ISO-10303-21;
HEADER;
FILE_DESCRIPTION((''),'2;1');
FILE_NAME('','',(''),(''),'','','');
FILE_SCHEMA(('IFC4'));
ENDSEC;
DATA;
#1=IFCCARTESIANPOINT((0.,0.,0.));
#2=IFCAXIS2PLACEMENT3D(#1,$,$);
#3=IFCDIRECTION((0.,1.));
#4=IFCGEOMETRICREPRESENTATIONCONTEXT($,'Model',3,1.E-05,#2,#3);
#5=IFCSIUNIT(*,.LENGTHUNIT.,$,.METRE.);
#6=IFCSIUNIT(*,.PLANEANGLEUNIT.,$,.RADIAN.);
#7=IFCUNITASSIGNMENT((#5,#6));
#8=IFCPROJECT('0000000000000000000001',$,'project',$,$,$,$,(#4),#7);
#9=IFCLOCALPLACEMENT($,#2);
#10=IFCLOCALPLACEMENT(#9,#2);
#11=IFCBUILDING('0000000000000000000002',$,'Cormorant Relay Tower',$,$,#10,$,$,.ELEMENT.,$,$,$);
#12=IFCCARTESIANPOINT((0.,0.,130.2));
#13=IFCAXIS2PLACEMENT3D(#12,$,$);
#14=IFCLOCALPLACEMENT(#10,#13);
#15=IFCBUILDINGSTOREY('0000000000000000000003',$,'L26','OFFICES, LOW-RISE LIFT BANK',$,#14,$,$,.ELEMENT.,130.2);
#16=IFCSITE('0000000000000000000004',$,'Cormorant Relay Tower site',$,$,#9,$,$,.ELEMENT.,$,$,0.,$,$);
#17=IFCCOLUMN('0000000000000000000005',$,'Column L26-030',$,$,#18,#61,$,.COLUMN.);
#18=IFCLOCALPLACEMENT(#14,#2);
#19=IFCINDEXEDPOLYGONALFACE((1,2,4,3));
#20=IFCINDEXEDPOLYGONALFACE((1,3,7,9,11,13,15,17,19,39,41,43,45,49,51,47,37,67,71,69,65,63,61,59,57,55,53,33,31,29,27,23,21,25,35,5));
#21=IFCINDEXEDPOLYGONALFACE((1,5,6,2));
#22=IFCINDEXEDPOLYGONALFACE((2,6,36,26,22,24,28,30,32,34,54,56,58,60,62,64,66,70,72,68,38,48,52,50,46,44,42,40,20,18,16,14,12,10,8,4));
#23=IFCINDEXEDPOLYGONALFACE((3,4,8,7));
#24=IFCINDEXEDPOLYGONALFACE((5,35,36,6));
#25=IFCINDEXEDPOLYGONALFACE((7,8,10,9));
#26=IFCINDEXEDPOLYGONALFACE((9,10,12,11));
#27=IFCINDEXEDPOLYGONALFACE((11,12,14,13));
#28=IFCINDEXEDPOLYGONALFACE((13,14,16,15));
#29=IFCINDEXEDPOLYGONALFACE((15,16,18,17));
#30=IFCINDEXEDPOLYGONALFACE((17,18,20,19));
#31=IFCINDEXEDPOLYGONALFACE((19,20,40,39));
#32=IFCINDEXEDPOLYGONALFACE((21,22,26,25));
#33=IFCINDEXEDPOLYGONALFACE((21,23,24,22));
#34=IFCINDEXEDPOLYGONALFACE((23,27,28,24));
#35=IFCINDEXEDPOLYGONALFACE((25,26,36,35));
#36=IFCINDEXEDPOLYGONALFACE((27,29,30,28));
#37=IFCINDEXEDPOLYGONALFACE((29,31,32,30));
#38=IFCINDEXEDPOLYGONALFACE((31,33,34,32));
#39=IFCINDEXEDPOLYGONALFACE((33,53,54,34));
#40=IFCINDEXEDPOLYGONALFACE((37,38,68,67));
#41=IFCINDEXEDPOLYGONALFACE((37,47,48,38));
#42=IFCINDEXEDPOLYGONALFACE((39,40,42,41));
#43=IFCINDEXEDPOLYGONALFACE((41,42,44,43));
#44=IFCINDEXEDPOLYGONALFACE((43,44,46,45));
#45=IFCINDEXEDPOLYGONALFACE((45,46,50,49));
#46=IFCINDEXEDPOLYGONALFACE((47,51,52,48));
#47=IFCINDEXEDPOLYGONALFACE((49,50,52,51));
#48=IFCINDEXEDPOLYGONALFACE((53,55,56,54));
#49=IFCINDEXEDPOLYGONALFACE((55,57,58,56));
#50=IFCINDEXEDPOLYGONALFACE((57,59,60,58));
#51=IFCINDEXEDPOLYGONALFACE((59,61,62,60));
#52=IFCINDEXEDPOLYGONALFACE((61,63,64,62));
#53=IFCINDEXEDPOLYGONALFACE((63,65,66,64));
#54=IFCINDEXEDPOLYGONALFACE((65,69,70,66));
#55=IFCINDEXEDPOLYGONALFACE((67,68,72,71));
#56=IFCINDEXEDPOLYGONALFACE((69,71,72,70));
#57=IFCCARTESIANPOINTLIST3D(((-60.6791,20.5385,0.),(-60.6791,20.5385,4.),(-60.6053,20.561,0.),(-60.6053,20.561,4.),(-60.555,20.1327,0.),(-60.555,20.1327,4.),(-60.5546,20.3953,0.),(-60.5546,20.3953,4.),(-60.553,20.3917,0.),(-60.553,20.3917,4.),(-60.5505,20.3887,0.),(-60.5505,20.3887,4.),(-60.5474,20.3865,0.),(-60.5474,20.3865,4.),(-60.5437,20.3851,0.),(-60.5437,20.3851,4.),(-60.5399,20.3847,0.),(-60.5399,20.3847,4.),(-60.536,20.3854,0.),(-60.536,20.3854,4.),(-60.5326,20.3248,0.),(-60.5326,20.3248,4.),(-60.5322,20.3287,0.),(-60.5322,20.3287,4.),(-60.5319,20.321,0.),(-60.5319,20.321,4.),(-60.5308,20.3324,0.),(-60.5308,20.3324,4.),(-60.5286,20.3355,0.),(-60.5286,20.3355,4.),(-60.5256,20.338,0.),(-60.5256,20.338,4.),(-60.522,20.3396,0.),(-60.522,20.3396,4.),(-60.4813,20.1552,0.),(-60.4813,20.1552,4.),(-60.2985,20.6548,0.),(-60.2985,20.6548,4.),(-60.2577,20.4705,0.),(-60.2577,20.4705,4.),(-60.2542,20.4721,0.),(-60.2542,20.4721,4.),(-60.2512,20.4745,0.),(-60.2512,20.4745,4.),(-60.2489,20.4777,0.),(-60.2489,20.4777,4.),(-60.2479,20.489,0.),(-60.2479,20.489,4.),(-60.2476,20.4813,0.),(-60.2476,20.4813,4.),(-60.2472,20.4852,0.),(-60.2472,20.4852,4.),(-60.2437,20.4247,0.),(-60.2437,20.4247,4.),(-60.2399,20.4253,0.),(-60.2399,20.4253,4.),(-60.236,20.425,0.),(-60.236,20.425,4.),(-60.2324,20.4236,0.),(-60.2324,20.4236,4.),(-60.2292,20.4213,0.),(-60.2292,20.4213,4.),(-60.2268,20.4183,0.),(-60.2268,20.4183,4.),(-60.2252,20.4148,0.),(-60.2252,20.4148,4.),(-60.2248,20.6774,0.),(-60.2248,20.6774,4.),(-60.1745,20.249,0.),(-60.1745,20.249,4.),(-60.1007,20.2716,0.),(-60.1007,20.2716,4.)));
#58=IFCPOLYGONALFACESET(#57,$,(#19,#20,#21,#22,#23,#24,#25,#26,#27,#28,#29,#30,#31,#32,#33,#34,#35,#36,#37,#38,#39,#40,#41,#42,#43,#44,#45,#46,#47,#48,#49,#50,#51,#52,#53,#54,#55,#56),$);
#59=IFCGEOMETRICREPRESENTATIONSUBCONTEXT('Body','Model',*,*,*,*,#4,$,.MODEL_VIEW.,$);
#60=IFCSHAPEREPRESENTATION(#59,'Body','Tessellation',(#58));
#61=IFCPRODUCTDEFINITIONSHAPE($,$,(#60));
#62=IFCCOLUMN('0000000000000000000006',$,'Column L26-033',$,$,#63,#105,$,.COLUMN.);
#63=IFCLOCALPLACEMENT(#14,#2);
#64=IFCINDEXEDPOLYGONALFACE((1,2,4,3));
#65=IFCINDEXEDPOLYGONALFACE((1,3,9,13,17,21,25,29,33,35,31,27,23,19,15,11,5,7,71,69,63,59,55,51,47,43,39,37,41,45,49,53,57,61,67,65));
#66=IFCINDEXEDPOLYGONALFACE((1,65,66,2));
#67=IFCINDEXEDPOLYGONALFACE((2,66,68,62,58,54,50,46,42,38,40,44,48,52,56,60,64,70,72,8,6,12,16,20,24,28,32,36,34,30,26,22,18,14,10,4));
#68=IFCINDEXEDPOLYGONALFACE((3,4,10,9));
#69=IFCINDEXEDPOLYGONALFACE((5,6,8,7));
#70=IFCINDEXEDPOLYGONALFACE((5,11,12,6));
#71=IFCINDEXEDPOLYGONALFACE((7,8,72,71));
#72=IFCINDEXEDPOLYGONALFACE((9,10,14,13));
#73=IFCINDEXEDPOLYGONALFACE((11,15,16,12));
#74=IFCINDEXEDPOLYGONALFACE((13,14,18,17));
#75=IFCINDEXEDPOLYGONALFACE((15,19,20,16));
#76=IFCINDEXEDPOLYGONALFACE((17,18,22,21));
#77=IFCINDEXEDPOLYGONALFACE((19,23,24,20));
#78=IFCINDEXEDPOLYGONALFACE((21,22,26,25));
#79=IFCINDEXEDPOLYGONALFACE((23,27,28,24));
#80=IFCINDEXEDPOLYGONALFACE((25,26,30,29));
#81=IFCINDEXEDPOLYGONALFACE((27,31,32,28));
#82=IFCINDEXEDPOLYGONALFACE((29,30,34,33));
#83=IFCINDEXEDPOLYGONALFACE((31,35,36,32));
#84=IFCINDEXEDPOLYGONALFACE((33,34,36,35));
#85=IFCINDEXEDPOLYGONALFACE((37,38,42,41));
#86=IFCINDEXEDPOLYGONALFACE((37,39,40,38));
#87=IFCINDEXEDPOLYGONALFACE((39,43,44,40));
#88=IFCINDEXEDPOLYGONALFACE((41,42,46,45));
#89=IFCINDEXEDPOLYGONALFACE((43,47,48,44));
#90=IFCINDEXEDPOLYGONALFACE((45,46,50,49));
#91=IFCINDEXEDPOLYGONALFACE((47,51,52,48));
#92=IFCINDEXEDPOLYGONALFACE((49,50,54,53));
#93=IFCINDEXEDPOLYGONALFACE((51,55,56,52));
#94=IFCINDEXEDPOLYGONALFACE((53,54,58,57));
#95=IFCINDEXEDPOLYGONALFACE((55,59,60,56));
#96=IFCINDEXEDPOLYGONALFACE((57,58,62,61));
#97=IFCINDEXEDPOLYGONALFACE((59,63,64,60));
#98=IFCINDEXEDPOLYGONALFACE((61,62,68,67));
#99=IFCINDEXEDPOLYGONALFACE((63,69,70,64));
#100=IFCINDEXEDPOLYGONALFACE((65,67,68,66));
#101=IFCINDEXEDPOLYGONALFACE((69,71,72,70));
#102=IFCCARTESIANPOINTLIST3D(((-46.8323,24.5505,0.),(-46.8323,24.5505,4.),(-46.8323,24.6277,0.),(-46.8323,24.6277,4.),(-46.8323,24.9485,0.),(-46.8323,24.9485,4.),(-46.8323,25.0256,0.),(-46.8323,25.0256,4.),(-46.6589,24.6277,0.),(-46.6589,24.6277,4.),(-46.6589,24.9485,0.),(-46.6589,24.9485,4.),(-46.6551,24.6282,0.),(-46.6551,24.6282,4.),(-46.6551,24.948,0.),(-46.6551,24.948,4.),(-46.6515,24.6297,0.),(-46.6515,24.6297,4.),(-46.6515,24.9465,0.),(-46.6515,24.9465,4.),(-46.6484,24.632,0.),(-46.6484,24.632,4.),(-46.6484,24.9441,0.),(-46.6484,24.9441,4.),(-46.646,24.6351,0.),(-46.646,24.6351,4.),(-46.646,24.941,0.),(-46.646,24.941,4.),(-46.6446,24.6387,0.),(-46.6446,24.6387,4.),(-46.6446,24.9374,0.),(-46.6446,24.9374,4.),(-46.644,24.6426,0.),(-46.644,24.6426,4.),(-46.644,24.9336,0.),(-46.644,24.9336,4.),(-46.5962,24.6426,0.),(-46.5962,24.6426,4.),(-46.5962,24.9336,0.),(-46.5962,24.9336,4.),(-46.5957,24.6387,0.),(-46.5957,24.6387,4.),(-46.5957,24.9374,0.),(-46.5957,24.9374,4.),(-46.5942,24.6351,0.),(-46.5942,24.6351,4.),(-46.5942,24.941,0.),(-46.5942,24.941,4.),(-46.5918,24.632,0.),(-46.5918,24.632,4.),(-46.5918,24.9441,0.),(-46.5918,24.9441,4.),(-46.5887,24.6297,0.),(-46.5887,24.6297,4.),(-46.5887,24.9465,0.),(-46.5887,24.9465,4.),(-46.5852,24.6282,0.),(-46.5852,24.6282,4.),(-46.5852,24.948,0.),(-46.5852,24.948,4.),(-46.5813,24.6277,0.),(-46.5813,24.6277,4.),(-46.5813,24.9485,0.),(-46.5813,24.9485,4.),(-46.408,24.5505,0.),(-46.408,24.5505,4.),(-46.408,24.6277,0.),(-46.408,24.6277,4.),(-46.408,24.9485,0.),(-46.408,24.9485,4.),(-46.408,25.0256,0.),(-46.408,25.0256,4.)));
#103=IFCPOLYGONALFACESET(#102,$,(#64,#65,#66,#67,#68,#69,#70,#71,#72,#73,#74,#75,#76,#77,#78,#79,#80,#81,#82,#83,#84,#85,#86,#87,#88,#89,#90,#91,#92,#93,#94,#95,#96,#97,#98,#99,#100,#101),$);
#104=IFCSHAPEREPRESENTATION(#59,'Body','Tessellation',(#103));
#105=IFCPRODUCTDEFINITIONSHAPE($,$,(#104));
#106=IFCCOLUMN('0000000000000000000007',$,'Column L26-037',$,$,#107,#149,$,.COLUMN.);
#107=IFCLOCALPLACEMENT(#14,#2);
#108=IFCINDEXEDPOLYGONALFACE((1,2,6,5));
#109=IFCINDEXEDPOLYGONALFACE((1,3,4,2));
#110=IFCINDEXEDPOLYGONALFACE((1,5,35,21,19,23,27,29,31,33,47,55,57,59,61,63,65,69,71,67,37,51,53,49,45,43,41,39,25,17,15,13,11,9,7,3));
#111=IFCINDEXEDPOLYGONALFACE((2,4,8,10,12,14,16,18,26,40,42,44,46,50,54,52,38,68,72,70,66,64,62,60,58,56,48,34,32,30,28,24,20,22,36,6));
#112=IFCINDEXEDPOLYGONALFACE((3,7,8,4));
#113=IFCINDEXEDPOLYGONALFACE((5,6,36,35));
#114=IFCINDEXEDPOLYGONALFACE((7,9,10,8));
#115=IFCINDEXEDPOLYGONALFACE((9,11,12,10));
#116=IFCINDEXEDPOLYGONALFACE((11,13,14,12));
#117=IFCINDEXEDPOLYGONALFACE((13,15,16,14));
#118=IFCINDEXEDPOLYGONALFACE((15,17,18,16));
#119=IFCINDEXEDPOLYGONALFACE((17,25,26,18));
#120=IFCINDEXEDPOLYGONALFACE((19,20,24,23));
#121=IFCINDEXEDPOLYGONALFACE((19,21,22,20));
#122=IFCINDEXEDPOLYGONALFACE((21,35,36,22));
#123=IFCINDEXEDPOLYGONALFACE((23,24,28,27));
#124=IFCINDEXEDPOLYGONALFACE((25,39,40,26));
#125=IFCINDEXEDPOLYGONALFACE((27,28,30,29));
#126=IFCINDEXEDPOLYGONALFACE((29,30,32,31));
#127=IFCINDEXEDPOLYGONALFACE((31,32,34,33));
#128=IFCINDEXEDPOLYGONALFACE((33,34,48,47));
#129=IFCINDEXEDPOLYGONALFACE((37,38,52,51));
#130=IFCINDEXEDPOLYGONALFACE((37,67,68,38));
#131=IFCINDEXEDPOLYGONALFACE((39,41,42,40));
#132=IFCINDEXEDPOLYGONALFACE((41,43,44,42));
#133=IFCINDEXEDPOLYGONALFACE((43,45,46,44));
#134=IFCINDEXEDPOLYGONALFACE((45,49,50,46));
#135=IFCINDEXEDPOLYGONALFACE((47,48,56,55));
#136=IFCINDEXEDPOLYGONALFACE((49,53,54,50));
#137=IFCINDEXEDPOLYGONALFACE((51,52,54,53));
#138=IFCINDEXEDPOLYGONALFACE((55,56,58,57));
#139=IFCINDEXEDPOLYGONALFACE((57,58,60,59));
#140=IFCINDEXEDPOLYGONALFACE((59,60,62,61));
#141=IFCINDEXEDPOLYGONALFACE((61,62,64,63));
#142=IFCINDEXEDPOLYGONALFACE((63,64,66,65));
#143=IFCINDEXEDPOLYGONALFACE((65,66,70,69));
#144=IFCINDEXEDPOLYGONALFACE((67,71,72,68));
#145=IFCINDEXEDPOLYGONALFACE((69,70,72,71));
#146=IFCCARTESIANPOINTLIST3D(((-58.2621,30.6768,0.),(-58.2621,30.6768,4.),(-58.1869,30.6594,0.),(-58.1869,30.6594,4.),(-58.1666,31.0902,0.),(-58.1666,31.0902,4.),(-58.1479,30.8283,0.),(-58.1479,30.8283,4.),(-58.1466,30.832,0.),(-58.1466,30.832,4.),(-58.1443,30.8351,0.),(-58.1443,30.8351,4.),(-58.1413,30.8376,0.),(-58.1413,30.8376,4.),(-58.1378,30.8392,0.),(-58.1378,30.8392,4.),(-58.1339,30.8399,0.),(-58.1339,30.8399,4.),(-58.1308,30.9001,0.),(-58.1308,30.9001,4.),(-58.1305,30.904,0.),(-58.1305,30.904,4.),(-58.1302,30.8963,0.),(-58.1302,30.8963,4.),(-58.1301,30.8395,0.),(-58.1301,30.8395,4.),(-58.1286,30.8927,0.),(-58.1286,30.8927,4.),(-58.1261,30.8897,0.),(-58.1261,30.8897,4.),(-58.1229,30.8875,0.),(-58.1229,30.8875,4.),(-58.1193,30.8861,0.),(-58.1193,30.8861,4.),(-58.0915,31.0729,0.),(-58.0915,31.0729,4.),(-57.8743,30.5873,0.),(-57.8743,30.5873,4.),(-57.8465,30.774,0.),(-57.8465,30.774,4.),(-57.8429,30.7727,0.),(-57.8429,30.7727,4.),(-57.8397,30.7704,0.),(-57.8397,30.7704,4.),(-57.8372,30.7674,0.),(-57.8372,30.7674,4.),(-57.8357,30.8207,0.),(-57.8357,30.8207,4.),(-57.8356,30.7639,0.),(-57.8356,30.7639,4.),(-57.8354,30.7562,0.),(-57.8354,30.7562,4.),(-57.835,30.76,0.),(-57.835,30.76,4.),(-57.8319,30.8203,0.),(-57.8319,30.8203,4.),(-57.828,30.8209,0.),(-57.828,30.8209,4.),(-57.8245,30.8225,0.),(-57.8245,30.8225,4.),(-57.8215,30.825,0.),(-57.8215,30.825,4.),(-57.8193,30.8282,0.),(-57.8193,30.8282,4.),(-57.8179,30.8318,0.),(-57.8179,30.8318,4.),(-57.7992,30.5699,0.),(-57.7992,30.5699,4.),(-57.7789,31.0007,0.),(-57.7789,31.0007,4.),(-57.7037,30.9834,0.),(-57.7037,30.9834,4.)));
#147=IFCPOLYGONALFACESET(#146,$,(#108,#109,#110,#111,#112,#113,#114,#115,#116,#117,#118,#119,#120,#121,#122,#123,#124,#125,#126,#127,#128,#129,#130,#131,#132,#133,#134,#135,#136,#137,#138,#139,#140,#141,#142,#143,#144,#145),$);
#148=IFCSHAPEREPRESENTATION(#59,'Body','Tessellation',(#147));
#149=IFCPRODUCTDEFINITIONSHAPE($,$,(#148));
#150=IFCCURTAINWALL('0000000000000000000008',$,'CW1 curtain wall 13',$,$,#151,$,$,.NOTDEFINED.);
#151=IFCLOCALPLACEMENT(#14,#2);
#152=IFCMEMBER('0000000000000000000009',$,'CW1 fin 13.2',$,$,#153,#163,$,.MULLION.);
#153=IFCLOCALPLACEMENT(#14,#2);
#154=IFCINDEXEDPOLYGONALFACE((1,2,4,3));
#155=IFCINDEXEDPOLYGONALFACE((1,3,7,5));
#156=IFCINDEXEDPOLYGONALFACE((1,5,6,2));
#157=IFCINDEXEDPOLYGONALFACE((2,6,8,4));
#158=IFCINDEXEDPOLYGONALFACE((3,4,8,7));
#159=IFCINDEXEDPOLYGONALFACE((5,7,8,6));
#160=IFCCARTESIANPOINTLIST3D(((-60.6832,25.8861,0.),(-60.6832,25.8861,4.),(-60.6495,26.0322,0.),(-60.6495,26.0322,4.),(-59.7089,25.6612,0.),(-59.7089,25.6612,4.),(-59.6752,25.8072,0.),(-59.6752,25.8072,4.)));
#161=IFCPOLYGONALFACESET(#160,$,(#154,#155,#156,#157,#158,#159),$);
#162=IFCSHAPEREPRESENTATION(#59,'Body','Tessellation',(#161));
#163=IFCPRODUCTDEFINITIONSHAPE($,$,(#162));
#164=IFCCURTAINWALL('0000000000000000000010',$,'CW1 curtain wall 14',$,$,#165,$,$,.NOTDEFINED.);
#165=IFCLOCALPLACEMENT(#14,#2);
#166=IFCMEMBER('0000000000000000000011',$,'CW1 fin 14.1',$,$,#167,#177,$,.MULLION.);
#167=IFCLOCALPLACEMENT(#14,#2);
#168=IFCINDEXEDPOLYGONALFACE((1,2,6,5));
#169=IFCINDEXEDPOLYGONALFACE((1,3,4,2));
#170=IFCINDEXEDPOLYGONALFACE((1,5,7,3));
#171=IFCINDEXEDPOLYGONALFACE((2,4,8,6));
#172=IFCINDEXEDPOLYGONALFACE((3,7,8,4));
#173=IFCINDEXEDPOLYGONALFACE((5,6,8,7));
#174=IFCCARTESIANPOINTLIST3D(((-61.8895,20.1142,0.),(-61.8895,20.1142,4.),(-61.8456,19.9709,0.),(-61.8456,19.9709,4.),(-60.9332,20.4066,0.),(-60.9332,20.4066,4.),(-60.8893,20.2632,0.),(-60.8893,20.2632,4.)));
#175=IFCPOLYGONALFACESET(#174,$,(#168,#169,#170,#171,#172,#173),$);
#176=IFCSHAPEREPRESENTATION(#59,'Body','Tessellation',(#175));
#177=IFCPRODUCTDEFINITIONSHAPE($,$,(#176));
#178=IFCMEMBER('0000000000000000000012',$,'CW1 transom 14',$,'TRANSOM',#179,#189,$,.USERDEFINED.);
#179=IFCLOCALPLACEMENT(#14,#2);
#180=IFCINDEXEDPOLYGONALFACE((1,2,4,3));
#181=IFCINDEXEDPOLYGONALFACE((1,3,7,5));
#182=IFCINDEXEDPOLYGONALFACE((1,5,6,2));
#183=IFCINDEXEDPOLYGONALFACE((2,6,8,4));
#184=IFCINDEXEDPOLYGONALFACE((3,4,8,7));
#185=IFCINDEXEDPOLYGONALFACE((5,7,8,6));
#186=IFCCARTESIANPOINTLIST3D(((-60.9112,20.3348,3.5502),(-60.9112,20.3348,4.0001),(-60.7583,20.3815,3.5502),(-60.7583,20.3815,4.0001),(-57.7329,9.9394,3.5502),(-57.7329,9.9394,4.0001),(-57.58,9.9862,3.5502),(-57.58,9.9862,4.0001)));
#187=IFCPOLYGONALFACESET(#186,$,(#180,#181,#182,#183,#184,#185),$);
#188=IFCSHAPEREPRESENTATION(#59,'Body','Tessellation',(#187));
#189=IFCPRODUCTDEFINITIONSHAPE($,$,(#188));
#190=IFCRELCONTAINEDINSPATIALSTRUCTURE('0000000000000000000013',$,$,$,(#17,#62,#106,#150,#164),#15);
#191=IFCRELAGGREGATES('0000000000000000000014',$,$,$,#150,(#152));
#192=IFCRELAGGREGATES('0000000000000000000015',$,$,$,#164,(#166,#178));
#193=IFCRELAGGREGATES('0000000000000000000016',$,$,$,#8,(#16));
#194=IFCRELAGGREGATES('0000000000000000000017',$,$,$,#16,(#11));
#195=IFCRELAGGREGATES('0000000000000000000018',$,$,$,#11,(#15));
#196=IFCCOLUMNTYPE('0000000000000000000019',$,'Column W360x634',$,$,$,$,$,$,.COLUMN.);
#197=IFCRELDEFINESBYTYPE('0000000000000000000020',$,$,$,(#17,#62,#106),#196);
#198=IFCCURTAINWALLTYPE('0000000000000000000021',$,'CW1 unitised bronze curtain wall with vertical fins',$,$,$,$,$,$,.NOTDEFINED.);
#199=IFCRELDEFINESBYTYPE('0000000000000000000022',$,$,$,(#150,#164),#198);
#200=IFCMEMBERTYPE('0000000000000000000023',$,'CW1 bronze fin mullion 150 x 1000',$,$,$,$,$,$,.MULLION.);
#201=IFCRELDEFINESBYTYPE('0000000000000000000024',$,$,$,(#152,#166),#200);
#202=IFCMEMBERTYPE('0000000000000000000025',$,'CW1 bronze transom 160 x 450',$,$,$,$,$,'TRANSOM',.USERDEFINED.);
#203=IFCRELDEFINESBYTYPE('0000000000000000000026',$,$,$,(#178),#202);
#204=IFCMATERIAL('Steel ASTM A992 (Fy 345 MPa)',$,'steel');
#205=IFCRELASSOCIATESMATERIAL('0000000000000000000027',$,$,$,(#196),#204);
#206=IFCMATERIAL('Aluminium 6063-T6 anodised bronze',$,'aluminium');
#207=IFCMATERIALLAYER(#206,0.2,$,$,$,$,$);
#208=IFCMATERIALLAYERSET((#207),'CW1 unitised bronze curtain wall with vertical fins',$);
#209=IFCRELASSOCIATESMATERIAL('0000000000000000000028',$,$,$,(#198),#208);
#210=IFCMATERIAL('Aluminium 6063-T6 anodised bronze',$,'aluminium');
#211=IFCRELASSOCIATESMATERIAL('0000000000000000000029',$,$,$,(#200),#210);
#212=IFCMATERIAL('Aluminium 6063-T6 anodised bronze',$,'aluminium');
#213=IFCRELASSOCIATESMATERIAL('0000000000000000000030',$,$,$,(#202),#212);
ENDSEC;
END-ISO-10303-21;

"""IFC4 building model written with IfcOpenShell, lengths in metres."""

from ifc_helpers import new_model, si_unit, direction, frame, origin, origin_2d, place, context, subcontext, project, spatial, rectangle, i_section, extrude, material, layer, layer_set, material_profile, profile_set, type_object, element, aggregate, save


model = new_model("IFC4")

# Units and contexts
model_context = context("Model", 3, precision=1e-05, world=origin(), true_north=direction((0.0, 1.0)))
body_context = subcontext(model_context, "Body", "Model", "MODEL_VIEW")
ifc_project = project(units=[si_unit("LENGTHUNIT", "METRE"), si_unit("PLANEANGLEUNIT", "RADIAN")], contexts=[model_context])

# Site, building, storey
site_placement = place(None, origin())
site = spatial("IfcSite", under=ifc_project, at=site_placement, Name="Cormorant Relay Tower site", CompositionType="ELEMENT", RefElevation=0.0)
building_placement = place(site_placement, origin())
building = spatial("IfcBuilding", under=site, at=building_placement, Name="Cormorant Relay Tower", CompositionType="ELEMENT")
storey_placement = place(building_placement, frame((0.0, 0.0, 130.2)))
storey = spatial("IfcBuildingStorey", under=building, at=storey_placement, Name="L26", Description="OFFICES, LOW-RISE LIFT BANK", CompositionType="ELEMENT", Elevation=130.2)

# Columns
ifc_material_1 = material(Name="Steel ASTM A992 (Fy 345 MPa)", Category="steel")
ifc_material_profile_1 = material_profile(ifc_material_1, i_section(OverallWidth=0.4243, OverallDepth=0.4751, WebThickness=0.0479, FlangeThickness=0.0771, FilletRadius=0.0149, at=origin_2d()), Name="W360x634")
ifc_profile_set_1 = profile_set([ifc_material_profile_1], Name="Steel ASTM A992 (Fy 345 MPa)")
column_type = type_object("IfcColumnType", Name="Column W360x634", PredefinedType="COLUMN", material=ifc_profile_set_1)
for number, where, z_axis, x_axis, name in (
    (1, (-60.3899, 20.405, 0.0), (0.0, 0.0, 1.0), (0.292372, -0.956305, 0.0), "Column L26-030"),
    (2, (-46.6201, 24.7881, 0.0), (0.0, 0.0, 1.0), (1.0, 0.0, 0.0), "Column L26-033"),
    (3, (-57.9829, 30.8301, 0.0), (0.0, 0.0, 1.0), (-0.224951, -0.97437, 0.0), "Column L26-037"),
):
    element("IfcColumn", number, at=place(storey_placement, frame(where, z_axis=z_axis, x_axis=x_axis)), inside=storey, type_object=column_type, Name=name, PredefinedType="COLUMN", context=body_context, shape_type="SweptSolid", body=[
        extrude(i_section(OverallWidth=0.4243, OverallDepth=0.4751, WebThickness=0.0479, FlangeThickness=0.0771, FilletRadius=0.0149, at=origin_2d()), origin(), (0.0, 0.0, 1.0), 4.0),
    ])

# Curtain wall, member
ifc_material_2 = material(Name="Aluminium 6063-T6 anodised bronze", Category="aluminium")
ifc_layer_1 = layer(ifc_material_2, 0.2)
ifc_layer_set_1 = layer_set([ifc_layer_1], Name="CW1 unitised bronze curtain wall with vertical fins")
curtain_wall_type = type_object("IfcCurtainWallType", Name="CW1 unitised bronze curtain wall with vertical fins", PredefinedType="NOTDEFINED", material=ifc_layer_set_1)
curtain_wall_1_placement = place(storey_placement, origin())
curtain_wall_1 = element("IfcCurtainWall", 4, at=curtain_wall_1_placement, inside=storey, type_object=curtain_wall_type, Name="CW1 curtain wall 13", PredefinedType="NOTDEFINED")
ifc_material_3 = material(Name="Aluminium 6063-T6 anodised bronze", Category="aluminium")
ifc_material_profile_2 = material_profile(ifc_material_3, rectangle(XDim=0.1499, YDim=1.0, at=origin_2d()), Name="AL 150x1000")
ifc_profile_set_2 = profile_set([ifc_material_profile_2], Name="Aluminium 6063-T6 anodised bronze")
member_type_1 = type_object("IfcMemberType", Name="CW1 bronze fin mullion 150 x 1000", PredefinedType="MULLION", material=ifc_profile_set_2)
member_1_placement = place(storey_placement, frame((-60.1792, 25.8467, 0.0), z_axis=(0.0, 0.0, 1.0), x_axis=(-0.224951, -0.97437, 0.0)))
member_1 = element("IfcMember", 5, at=member_1_placement, type_object=member_type_1, Name="CW1 fin 13.2", PredefinedType="MULLION", context=body_context, shape_type="SweptSolid", body=[
    extrude(rectangle(XDim=0.1499, YDim=1.0, at=origin_2d()), origin(), (0.0, 0.0, 1.0), 4.0),
])

# Curtain wall, members
curtain_wall_2_placement = place(storey_placement, origin())
curtain_wall_2 = element("IfcCurtainWall", 6, at=curtain_wall_2_placement, inside=storey, type_object=curtain_wall_type, Name="CW1 curtain wall 14", PredefinedType="NOTDEFINED")
member_2_placement = place(storey_placement, frame((-61.3894, 20.1887, 0.0), z_axis=(0.0, 0.0, 1.0), x_axis=(0.292372, -0.956305, 0.0)))
member_2 = element("IfcMember", 7, at=member_2_placement, type_object=member_type_1, Name="CW1 fin 14.1", PredefinedType="MULLION", context=body_context, shape_type="SweptSolid", body=[
    extrude(rectangle(XDim=0.1499, YDim=1.0, at=origin_2d()), origin(), (0.0, 0.0, 1.0), 4.0),
])
ifc_material_4 = material(Name="Aluminium 6063-T6 anodised bronze", Category="aluminium")
ifc_material_profile_3 = material_profile(ifc_material_4, rectangle(XDim=0.1599, YDim=0.45, at=origin_2d()), Name="AL 160x450")
ifc_profile_set_3 = profile_set([ifc_material_profile_3], Name="Aluminium 6063-T6 anodised bronze")
member_type_2 = type_object("IfcMemberType", Name="CW1 bronze transom 160 x 450", ElementType="TRANSOM", PredefinedType="USERDEFINED", material=ifc_profile_set_3)
member_3_placement = place(storey_placement, frame((-60.8347, 20.3582, 3.7751), z_axis=(0.292378, -0.956303, 0.0), x_axis=(0.956303, 0.292378, 0.0)))
member_3 = element("IfcMember", 8, at=member_3_placement, type_object=member_type_2, Name="CW1 transom 14", ObjectType="TRANSOM", PredefinedType="USERDEFINED", context=body_context, shape_type="SweptSolid", body=[
    extrude(rectangle(XDim=0.1599, YDim=0.45, at=origin_2d()), origin(), (0.0, 0.0, 1.0), 10.8704),
])

aggregate(curtain_wall_1, [member_1])
aggregate(curtain_wall_2, [member_2, member_3])

save(model, "model.ifc")
